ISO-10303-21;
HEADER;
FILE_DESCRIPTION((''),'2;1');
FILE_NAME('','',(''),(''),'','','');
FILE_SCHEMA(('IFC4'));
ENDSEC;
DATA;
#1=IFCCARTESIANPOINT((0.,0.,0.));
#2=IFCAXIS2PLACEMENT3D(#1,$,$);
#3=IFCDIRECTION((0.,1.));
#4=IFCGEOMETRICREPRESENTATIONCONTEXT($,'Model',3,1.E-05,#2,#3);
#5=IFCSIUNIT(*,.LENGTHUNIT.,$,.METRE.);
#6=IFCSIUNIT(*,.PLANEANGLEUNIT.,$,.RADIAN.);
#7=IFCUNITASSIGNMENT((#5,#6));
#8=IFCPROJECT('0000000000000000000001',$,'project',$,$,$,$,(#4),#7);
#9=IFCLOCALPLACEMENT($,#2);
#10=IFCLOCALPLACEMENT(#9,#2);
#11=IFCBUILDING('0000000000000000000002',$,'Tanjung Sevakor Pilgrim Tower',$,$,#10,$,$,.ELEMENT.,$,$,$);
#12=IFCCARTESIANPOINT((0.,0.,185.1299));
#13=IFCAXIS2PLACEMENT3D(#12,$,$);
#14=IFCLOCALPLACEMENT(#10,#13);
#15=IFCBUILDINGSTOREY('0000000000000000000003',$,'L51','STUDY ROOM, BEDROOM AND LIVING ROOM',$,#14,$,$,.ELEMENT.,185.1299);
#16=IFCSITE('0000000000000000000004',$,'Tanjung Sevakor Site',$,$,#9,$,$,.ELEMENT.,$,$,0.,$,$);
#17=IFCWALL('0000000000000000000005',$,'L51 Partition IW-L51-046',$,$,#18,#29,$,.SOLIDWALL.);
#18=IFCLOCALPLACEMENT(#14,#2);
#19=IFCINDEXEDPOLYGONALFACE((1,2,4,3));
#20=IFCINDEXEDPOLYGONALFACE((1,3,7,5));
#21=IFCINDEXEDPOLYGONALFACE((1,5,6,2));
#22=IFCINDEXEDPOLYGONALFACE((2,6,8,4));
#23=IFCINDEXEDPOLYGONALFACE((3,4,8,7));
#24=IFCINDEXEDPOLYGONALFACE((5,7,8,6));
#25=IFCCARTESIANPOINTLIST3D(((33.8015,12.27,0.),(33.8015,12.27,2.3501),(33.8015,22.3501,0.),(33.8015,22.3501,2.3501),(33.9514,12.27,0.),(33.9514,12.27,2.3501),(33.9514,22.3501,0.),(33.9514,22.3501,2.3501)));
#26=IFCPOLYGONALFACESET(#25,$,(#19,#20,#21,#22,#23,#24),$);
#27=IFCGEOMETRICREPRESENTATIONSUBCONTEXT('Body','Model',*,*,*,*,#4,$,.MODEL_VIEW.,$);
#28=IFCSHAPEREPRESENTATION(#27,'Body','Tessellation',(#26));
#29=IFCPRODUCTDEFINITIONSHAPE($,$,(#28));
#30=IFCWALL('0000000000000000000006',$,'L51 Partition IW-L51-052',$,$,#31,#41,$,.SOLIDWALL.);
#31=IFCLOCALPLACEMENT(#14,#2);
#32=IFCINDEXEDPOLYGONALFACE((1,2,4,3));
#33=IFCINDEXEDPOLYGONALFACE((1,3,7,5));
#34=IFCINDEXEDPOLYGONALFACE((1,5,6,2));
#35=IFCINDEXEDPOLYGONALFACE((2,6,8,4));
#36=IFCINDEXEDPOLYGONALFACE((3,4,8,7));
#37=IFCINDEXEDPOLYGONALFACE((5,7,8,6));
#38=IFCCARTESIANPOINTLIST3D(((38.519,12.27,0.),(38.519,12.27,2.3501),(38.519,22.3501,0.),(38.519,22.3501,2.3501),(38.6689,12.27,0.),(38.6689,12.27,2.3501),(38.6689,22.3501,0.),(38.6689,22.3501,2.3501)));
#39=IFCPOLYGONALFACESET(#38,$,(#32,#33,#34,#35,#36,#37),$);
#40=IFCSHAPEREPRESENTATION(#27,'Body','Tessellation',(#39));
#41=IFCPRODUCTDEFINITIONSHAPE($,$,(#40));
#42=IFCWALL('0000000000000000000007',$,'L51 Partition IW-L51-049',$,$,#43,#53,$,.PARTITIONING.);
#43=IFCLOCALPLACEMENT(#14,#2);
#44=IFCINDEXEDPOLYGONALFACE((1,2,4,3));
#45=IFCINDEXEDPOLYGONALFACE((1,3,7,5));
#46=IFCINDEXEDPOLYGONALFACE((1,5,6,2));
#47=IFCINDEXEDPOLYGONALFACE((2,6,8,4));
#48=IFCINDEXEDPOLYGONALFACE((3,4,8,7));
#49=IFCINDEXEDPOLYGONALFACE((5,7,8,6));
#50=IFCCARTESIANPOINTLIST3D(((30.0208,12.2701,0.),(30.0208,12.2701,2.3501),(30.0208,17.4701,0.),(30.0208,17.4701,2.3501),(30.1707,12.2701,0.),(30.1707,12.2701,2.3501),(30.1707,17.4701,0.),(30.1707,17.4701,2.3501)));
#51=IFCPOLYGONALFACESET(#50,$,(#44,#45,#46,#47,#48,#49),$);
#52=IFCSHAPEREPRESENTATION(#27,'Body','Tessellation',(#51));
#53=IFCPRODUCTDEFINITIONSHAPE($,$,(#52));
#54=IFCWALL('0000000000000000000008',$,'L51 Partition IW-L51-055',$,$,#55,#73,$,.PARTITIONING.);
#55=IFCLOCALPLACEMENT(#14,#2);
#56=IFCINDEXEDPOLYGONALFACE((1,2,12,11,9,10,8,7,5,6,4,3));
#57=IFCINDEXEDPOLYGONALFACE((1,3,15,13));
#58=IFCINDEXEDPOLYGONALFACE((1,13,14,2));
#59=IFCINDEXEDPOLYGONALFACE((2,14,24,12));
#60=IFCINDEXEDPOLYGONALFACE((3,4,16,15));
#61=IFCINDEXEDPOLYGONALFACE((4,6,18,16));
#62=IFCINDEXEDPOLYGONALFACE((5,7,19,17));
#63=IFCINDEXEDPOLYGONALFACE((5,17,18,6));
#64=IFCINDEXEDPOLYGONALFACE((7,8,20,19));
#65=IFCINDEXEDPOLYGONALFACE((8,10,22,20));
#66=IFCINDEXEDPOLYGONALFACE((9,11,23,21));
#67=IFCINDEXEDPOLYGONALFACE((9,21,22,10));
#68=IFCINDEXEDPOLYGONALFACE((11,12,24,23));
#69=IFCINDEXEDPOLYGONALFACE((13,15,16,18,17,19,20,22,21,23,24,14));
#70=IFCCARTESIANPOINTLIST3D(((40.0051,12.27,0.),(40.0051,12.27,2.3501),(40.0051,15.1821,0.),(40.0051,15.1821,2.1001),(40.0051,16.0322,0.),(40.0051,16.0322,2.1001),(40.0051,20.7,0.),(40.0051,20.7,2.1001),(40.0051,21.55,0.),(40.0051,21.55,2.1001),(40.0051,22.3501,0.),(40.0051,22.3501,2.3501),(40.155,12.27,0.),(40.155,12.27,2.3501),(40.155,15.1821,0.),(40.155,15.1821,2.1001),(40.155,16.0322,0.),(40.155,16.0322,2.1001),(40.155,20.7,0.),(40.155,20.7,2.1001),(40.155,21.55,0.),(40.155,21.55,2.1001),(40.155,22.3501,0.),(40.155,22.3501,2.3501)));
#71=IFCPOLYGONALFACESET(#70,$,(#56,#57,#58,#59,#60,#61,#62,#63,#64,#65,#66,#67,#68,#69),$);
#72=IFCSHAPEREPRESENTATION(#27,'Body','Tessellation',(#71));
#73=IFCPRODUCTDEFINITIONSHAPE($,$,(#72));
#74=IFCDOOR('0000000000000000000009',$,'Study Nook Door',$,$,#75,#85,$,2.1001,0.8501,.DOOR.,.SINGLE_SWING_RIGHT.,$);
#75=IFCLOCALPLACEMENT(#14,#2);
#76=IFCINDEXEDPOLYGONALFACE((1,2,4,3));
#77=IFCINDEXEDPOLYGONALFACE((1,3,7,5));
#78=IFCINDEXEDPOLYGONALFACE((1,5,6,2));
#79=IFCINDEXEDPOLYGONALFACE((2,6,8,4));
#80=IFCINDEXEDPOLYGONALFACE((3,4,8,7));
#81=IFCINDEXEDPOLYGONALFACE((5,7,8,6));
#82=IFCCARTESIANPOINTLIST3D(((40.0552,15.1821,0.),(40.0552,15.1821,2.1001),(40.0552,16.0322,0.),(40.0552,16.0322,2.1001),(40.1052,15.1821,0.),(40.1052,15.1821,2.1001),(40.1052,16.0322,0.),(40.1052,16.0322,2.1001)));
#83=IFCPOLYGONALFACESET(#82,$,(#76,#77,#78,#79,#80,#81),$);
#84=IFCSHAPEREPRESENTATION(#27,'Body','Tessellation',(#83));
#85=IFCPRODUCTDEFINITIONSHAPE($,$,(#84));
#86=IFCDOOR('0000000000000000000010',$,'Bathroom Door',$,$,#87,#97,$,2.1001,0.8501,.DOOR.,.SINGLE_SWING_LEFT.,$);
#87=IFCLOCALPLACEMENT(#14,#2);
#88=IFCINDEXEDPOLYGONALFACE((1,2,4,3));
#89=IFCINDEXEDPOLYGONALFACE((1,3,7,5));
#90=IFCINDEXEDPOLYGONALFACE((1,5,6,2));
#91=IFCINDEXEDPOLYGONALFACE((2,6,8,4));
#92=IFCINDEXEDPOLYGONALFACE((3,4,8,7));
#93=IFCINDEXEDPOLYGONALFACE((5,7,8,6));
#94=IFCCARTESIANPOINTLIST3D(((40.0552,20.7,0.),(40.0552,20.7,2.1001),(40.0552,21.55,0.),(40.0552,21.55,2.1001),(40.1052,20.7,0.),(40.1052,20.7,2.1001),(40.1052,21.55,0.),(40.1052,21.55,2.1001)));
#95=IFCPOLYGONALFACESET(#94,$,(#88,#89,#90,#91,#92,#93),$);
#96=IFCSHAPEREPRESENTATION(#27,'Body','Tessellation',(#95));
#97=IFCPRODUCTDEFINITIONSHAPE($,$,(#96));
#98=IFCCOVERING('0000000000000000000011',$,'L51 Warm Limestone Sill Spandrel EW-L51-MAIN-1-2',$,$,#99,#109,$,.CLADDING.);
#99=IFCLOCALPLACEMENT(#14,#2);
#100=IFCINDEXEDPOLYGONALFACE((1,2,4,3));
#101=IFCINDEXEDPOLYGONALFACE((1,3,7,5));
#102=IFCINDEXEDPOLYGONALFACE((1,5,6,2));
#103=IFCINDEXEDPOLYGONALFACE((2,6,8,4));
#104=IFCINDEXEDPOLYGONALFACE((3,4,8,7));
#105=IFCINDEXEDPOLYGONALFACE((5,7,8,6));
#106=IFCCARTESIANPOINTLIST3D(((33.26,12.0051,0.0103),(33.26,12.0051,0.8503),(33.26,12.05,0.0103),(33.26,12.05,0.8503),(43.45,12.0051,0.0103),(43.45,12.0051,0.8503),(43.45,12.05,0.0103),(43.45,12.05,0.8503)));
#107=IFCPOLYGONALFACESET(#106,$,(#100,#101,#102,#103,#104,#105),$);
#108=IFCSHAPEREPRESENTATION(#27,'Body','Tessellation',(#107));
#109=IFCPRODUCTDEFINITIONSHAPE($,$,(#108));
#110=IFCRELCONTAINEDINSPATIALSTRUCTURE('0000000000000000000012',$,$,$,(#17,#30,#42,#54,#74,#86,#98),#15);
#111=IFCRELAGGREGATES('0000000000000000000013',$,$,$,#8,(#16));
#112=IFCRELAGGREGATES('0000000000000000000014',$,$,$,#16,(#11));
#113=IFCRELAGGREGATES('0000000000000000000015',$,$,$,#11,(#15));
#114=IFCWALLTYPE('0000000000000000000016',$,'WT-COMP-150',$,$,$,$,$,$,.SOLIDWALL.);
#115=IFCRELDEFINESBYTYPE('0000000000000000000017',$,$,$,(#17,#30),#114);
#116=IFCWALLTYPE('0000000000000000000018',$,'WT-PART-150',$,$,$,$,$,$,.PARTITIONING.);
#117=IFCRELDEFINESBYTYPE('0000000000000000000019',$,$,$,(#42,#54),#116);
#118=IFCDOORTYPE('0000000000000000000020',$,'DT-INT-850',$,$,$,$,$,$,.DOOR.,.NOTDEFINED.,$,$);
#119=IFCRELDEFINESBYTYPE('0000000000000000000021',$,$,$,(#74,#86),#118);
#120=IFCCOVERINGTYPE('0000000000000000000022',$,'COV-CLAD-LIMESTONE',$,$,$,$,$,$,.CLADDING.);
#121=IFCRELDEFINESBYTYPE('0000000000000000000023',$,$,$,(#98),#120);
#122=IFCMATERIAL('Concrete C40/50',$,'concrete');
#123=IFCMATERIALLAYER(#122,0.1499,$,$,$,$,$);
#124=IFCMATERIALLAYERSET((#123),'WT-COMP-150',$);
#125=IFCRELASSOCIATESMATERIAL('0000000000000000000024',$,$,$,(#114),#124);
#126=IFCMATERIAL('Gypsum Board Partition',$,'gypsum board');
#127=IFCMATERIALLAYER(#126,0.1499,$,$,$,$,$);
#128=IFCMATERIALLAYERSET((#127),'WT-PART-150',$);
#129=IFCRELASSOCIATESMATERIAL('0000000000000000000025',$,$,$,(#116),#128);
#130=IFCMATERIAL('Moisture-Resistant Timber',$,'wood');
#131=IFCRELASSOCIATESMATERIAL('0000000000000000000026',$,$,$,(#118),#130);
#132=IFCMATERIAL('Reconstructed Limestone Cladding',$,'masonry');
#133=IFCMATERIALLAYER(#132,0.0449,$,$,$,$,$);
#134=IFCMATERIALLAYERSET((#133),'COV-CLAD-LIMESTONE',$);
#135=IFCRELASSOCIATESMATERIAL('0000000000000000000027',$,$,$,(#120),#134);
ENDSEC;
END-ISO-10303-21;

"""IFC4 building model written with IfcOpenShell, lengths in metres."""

from ifc_helpers import new_model, si_unit, direction, frame, frame_2d, origin, origin_2d, place, context, subcontext, project, spatial, rectangle, extrude, material, layer, layer_set, type_object, element, fill, save


model = new_model("IFC4")

# Units and contexts
model_context = context("Model", 3, precision=1e-05, world=origin(), true_north=direction((0.0, 1.0)))
body_context = subcontext(model_context, "Body", "Model", "MODEL_VIEW")
ifc_project = project(units=[si_unit("LENGTHUNIT", "METRE"), si_unit("PLANEANGLEUNIT", "RADIAN")], contexts=[model_context])

# Site, building, storey
site_placement = place(None, origin())
site = spatial("IfcSite", under=ifc_project, at=site_placement, Name="Tanjung Sevakor Site", CompositionType="ELEMENT", RefElevation=0.0)
building_placement = place(site_placement, origin())
building = spatial("IfcBuilding", under=site, at=building_placement, Name="Tanjung Sevakor Pilgrim Tower", CompositionType="ELEMENT")
storey_placement = place(building_placement, frame((0.0, 0.0, 185.1299)))
storey = spatial("IfcBuildingStorey", under=building, at=storey_placement, Name="L51", Description="STUDY ROOM, BEDROOM AND LIVING ROOM", CompositionType="ELEMENT", Elevation=185.1299)

# Walls
ifc_material_1 = material(Name="Concrete C40/50", Category="concrete")
ifc_layer_1 = layer(ifc_material_1, 0.1499)
ifc_layer_set_1 = layer_set([ifc_layer_1], Name="WT-COMP-150")
wall_type_1 = type_object("IfcWallType", Name="WT-COMP-150", PredefinedType="SOLIDWALL", material=ifc_layer_set_1)
for number, where, z_axis, x_axis, name in (
    (1, (33.8765, 12.27, 0.0), (0.0, 0.0, 1.0), (0.0, 1.0, 0.0), "L51 Partition IW-L51-046"),
    (2, (38.594, 12.27, 0.0), (0.0, 0.0, 1.0), (0.0, 1.0, 0.0), "L51 Partition IW-L51-052"),
):
    element("IfcWall", number, at=place(storey_placement, frame(where, z_axis=z_axis, x_axis=x_axis)), inside=storey, type_object=wall_type_1, Name=name, PredefinedType="SOLIDWALL", context=body_context, shape_type="SweptSolid", body=[
        extrude(rectangle(XDim=10.0801, YDim=0.1499, at=frame_2d((5.04, 0.0))), origin(), (0.0, 0.0, 1.0), 2.3501),
    ])
ifc_material_2 = material(Name="Gypsum Board Partition", Category="gypsum board")
ifc_layer_2 = layer(ifc_material_2, 0.1499)
ifc_layer_set_2 = layer_set([ifc_layer_2], Name="WT-PART-150")
wall_type_2 = type_object("IfcWallType", Name="WT-PART-150", PredefinedType="PARTITIONING", material=ifc_layer_set_2)
wall_1_placement = place(storey_placement, frame((30.0957, 12.27, 0.0), z_axis=(0.0, 0.0, 1.0), x_axis=(0.0, 1.0, 0.0)))
element("IfcWall", 3, at=wall_1_placement, inside=storey, type_object=wall_type_2, Name="L51 Partition IW-L51-049", PredefinedType="PARTITIONING", context=body_context, shape_type="SweptSolid", body=[
    extrude(rectangle(XDim=5.2, YDim=0.1499, at=frame_2d((2.6001, 0.0))), origin(), (0.0, 0.0, 1.0), 2.3501),
])

# Wall, openings, doors
wall_2_placement = place(storey_placement, frame((40.0801, 12.27, 0.0), z_axis=(0.0, 0.0, 1.0), x_axis=(0.0, 1.0, 0.0)))
wall_2 = element("IfcWall", 4, at=wall_2_placement, inside=storey, type_object=wall_type_2, Name="L51 Partition IW-L51-055", PredefinedType="PARTITIONING", context=body_context, shape_type="SweptSolid", body=[
    extrude(rectangle(XDim=10.0801, YDim=0.1499, at=frame_2d((5.04, 0.0))), origin(), (0.0, 0.0, 1.0), 2.3501),
])
opening_1_placement = place(wall_2_placement, frame((2.9121, 0.0, 0.0)))
opening_1 = element("IfcOpeningElement", 5, at=opening_1_placement, cuts=wall_2, PredefinedType="OPENING", context=body_context, shape_type="SweptSolid", body=[
    extrude(rectangle(XDim=0.8501, YDim=2.1001, at=frame_2d((0.425, 1.05))), frame((0.0, 0.085, 0.0), z_axis=(0.0, -1.0, 0.0), x_axis=(1.0, 0.0, 0.0)), (0.0, 0.0, 1.0), 0.1699),
])
opening_2_placement = place(wall_2_placement, frame((8.4299, 0.0, 0.0)))
opening_2 = element("IfcOpeningElement", 6, at=opening_2_placement, cuts=wall_2, PredefinedType="OPENING", context=body_context, shape_type="SweptSolid", body=[
    extrude(rectangle(XDim=0.8501, YDim=2.1001, at=frame_2d((0.425, 1.05))), frame((0.0, 0.085, 0.0), z_axis=(0.0, -1.0, 0.0), x_axis=(1.0, 0.0, 0.0)), (0.0, 0.0, 1.0), 0.1699),
])
ifc_material_3 = material(Name="Moisture-Resistant Timber", Category="wood")
door_type = type_object("IfcDoorType", Name="DT-INT-850", OperationType="NOTDEFINED", PredefinedType="DOOR", material=ifc_material_3)
door_1_placement = place(opening_1_placement, origin())
door_1 = element("IfcDoor", 7, at=door_1_placement, inside=storey, type_object=door_type, Name="Study Nook Door", OperationType="SINGLE_SWING_RIGHT", OverallHeight=2.1001, OverallWidth=0.8501, PredefinedType="DOOR", context=body_context, shape_type="SweptSolid", body=[
    extrude(rectangle(XDim=0.8501, YDim=2.1001, at=frame_2d((0.425, 1.05))), frame((0.0, 0.0249, 0.0), z_axis=(0.0, -1.0, 0.0), x_axis=(1.0, 0.0, 0.0)), (0.0, 0.0, 1.0), 0.05),
])
fill(opening_1, door_1)
door_2_placement = place(opening_2_placement, origin())
door_2 = element("IfcDoor", 8, at=door_2_placement, inside=storey, type_object=door_type, Name="Bathroom Door", OperationType="SINGLE_SWING_LEFT", OverallHeight=2.1001, OverallWidth=0.8501, PredefinedType="DOOR", context=body_context, shape_type="SweptSolid", body=[
    extrude(rectangle(XDim=0.8501, YDim=2.1001, at=frame_2d((0.425, 1.05))), frame((0.0, 0.0249, 0.0), z_axis=(0.0, -1.0, 0.0), x_axis=(1.0, 0.0, 0.0)), (0.0, 0.0, 1.0), 0.05),
])
fill(opening_2, door_2)

# Covering
ifc_material_4 = material(Name="Reconstructed Limestone Cladding", Category="masonry")
ifc_layer_3 = layer(ifc_material_4, 0.0449)
ifc_layer_set_3 = layer_set([ifc_layer_3], Name="COV-CLAD-LIMESTONE")
covering_type = type_object("IfcCoveringType", Name="COV-CLAD-LIMESTONE", PredefinedType="CLADDING", material=ifc_layer_set_3)
covering_placement = place(storey_placement, frame((38.355, 12.0276, 0.0103), z_axis=(0.0, 0.0, 1.0), x_axis=(1.0, 0.0, 0.0)))
element("IfcCovering", 9, at=covering_placement, inside=storey, type_object=covering_type, Name="L51 Warm Limestone Sill Spandrel EW-L51-MAIN-1-2", PredefinedType="CLADDING", context=body_context, shape_type="SweptSolid", body=[
    extrude(rectangle(XDim=10.1899, YDim=0.0449, at=origin_2d()), origin(), (0.0, 0.0, 1.0), 0.8401),
])

save(model, "model.ifc")
